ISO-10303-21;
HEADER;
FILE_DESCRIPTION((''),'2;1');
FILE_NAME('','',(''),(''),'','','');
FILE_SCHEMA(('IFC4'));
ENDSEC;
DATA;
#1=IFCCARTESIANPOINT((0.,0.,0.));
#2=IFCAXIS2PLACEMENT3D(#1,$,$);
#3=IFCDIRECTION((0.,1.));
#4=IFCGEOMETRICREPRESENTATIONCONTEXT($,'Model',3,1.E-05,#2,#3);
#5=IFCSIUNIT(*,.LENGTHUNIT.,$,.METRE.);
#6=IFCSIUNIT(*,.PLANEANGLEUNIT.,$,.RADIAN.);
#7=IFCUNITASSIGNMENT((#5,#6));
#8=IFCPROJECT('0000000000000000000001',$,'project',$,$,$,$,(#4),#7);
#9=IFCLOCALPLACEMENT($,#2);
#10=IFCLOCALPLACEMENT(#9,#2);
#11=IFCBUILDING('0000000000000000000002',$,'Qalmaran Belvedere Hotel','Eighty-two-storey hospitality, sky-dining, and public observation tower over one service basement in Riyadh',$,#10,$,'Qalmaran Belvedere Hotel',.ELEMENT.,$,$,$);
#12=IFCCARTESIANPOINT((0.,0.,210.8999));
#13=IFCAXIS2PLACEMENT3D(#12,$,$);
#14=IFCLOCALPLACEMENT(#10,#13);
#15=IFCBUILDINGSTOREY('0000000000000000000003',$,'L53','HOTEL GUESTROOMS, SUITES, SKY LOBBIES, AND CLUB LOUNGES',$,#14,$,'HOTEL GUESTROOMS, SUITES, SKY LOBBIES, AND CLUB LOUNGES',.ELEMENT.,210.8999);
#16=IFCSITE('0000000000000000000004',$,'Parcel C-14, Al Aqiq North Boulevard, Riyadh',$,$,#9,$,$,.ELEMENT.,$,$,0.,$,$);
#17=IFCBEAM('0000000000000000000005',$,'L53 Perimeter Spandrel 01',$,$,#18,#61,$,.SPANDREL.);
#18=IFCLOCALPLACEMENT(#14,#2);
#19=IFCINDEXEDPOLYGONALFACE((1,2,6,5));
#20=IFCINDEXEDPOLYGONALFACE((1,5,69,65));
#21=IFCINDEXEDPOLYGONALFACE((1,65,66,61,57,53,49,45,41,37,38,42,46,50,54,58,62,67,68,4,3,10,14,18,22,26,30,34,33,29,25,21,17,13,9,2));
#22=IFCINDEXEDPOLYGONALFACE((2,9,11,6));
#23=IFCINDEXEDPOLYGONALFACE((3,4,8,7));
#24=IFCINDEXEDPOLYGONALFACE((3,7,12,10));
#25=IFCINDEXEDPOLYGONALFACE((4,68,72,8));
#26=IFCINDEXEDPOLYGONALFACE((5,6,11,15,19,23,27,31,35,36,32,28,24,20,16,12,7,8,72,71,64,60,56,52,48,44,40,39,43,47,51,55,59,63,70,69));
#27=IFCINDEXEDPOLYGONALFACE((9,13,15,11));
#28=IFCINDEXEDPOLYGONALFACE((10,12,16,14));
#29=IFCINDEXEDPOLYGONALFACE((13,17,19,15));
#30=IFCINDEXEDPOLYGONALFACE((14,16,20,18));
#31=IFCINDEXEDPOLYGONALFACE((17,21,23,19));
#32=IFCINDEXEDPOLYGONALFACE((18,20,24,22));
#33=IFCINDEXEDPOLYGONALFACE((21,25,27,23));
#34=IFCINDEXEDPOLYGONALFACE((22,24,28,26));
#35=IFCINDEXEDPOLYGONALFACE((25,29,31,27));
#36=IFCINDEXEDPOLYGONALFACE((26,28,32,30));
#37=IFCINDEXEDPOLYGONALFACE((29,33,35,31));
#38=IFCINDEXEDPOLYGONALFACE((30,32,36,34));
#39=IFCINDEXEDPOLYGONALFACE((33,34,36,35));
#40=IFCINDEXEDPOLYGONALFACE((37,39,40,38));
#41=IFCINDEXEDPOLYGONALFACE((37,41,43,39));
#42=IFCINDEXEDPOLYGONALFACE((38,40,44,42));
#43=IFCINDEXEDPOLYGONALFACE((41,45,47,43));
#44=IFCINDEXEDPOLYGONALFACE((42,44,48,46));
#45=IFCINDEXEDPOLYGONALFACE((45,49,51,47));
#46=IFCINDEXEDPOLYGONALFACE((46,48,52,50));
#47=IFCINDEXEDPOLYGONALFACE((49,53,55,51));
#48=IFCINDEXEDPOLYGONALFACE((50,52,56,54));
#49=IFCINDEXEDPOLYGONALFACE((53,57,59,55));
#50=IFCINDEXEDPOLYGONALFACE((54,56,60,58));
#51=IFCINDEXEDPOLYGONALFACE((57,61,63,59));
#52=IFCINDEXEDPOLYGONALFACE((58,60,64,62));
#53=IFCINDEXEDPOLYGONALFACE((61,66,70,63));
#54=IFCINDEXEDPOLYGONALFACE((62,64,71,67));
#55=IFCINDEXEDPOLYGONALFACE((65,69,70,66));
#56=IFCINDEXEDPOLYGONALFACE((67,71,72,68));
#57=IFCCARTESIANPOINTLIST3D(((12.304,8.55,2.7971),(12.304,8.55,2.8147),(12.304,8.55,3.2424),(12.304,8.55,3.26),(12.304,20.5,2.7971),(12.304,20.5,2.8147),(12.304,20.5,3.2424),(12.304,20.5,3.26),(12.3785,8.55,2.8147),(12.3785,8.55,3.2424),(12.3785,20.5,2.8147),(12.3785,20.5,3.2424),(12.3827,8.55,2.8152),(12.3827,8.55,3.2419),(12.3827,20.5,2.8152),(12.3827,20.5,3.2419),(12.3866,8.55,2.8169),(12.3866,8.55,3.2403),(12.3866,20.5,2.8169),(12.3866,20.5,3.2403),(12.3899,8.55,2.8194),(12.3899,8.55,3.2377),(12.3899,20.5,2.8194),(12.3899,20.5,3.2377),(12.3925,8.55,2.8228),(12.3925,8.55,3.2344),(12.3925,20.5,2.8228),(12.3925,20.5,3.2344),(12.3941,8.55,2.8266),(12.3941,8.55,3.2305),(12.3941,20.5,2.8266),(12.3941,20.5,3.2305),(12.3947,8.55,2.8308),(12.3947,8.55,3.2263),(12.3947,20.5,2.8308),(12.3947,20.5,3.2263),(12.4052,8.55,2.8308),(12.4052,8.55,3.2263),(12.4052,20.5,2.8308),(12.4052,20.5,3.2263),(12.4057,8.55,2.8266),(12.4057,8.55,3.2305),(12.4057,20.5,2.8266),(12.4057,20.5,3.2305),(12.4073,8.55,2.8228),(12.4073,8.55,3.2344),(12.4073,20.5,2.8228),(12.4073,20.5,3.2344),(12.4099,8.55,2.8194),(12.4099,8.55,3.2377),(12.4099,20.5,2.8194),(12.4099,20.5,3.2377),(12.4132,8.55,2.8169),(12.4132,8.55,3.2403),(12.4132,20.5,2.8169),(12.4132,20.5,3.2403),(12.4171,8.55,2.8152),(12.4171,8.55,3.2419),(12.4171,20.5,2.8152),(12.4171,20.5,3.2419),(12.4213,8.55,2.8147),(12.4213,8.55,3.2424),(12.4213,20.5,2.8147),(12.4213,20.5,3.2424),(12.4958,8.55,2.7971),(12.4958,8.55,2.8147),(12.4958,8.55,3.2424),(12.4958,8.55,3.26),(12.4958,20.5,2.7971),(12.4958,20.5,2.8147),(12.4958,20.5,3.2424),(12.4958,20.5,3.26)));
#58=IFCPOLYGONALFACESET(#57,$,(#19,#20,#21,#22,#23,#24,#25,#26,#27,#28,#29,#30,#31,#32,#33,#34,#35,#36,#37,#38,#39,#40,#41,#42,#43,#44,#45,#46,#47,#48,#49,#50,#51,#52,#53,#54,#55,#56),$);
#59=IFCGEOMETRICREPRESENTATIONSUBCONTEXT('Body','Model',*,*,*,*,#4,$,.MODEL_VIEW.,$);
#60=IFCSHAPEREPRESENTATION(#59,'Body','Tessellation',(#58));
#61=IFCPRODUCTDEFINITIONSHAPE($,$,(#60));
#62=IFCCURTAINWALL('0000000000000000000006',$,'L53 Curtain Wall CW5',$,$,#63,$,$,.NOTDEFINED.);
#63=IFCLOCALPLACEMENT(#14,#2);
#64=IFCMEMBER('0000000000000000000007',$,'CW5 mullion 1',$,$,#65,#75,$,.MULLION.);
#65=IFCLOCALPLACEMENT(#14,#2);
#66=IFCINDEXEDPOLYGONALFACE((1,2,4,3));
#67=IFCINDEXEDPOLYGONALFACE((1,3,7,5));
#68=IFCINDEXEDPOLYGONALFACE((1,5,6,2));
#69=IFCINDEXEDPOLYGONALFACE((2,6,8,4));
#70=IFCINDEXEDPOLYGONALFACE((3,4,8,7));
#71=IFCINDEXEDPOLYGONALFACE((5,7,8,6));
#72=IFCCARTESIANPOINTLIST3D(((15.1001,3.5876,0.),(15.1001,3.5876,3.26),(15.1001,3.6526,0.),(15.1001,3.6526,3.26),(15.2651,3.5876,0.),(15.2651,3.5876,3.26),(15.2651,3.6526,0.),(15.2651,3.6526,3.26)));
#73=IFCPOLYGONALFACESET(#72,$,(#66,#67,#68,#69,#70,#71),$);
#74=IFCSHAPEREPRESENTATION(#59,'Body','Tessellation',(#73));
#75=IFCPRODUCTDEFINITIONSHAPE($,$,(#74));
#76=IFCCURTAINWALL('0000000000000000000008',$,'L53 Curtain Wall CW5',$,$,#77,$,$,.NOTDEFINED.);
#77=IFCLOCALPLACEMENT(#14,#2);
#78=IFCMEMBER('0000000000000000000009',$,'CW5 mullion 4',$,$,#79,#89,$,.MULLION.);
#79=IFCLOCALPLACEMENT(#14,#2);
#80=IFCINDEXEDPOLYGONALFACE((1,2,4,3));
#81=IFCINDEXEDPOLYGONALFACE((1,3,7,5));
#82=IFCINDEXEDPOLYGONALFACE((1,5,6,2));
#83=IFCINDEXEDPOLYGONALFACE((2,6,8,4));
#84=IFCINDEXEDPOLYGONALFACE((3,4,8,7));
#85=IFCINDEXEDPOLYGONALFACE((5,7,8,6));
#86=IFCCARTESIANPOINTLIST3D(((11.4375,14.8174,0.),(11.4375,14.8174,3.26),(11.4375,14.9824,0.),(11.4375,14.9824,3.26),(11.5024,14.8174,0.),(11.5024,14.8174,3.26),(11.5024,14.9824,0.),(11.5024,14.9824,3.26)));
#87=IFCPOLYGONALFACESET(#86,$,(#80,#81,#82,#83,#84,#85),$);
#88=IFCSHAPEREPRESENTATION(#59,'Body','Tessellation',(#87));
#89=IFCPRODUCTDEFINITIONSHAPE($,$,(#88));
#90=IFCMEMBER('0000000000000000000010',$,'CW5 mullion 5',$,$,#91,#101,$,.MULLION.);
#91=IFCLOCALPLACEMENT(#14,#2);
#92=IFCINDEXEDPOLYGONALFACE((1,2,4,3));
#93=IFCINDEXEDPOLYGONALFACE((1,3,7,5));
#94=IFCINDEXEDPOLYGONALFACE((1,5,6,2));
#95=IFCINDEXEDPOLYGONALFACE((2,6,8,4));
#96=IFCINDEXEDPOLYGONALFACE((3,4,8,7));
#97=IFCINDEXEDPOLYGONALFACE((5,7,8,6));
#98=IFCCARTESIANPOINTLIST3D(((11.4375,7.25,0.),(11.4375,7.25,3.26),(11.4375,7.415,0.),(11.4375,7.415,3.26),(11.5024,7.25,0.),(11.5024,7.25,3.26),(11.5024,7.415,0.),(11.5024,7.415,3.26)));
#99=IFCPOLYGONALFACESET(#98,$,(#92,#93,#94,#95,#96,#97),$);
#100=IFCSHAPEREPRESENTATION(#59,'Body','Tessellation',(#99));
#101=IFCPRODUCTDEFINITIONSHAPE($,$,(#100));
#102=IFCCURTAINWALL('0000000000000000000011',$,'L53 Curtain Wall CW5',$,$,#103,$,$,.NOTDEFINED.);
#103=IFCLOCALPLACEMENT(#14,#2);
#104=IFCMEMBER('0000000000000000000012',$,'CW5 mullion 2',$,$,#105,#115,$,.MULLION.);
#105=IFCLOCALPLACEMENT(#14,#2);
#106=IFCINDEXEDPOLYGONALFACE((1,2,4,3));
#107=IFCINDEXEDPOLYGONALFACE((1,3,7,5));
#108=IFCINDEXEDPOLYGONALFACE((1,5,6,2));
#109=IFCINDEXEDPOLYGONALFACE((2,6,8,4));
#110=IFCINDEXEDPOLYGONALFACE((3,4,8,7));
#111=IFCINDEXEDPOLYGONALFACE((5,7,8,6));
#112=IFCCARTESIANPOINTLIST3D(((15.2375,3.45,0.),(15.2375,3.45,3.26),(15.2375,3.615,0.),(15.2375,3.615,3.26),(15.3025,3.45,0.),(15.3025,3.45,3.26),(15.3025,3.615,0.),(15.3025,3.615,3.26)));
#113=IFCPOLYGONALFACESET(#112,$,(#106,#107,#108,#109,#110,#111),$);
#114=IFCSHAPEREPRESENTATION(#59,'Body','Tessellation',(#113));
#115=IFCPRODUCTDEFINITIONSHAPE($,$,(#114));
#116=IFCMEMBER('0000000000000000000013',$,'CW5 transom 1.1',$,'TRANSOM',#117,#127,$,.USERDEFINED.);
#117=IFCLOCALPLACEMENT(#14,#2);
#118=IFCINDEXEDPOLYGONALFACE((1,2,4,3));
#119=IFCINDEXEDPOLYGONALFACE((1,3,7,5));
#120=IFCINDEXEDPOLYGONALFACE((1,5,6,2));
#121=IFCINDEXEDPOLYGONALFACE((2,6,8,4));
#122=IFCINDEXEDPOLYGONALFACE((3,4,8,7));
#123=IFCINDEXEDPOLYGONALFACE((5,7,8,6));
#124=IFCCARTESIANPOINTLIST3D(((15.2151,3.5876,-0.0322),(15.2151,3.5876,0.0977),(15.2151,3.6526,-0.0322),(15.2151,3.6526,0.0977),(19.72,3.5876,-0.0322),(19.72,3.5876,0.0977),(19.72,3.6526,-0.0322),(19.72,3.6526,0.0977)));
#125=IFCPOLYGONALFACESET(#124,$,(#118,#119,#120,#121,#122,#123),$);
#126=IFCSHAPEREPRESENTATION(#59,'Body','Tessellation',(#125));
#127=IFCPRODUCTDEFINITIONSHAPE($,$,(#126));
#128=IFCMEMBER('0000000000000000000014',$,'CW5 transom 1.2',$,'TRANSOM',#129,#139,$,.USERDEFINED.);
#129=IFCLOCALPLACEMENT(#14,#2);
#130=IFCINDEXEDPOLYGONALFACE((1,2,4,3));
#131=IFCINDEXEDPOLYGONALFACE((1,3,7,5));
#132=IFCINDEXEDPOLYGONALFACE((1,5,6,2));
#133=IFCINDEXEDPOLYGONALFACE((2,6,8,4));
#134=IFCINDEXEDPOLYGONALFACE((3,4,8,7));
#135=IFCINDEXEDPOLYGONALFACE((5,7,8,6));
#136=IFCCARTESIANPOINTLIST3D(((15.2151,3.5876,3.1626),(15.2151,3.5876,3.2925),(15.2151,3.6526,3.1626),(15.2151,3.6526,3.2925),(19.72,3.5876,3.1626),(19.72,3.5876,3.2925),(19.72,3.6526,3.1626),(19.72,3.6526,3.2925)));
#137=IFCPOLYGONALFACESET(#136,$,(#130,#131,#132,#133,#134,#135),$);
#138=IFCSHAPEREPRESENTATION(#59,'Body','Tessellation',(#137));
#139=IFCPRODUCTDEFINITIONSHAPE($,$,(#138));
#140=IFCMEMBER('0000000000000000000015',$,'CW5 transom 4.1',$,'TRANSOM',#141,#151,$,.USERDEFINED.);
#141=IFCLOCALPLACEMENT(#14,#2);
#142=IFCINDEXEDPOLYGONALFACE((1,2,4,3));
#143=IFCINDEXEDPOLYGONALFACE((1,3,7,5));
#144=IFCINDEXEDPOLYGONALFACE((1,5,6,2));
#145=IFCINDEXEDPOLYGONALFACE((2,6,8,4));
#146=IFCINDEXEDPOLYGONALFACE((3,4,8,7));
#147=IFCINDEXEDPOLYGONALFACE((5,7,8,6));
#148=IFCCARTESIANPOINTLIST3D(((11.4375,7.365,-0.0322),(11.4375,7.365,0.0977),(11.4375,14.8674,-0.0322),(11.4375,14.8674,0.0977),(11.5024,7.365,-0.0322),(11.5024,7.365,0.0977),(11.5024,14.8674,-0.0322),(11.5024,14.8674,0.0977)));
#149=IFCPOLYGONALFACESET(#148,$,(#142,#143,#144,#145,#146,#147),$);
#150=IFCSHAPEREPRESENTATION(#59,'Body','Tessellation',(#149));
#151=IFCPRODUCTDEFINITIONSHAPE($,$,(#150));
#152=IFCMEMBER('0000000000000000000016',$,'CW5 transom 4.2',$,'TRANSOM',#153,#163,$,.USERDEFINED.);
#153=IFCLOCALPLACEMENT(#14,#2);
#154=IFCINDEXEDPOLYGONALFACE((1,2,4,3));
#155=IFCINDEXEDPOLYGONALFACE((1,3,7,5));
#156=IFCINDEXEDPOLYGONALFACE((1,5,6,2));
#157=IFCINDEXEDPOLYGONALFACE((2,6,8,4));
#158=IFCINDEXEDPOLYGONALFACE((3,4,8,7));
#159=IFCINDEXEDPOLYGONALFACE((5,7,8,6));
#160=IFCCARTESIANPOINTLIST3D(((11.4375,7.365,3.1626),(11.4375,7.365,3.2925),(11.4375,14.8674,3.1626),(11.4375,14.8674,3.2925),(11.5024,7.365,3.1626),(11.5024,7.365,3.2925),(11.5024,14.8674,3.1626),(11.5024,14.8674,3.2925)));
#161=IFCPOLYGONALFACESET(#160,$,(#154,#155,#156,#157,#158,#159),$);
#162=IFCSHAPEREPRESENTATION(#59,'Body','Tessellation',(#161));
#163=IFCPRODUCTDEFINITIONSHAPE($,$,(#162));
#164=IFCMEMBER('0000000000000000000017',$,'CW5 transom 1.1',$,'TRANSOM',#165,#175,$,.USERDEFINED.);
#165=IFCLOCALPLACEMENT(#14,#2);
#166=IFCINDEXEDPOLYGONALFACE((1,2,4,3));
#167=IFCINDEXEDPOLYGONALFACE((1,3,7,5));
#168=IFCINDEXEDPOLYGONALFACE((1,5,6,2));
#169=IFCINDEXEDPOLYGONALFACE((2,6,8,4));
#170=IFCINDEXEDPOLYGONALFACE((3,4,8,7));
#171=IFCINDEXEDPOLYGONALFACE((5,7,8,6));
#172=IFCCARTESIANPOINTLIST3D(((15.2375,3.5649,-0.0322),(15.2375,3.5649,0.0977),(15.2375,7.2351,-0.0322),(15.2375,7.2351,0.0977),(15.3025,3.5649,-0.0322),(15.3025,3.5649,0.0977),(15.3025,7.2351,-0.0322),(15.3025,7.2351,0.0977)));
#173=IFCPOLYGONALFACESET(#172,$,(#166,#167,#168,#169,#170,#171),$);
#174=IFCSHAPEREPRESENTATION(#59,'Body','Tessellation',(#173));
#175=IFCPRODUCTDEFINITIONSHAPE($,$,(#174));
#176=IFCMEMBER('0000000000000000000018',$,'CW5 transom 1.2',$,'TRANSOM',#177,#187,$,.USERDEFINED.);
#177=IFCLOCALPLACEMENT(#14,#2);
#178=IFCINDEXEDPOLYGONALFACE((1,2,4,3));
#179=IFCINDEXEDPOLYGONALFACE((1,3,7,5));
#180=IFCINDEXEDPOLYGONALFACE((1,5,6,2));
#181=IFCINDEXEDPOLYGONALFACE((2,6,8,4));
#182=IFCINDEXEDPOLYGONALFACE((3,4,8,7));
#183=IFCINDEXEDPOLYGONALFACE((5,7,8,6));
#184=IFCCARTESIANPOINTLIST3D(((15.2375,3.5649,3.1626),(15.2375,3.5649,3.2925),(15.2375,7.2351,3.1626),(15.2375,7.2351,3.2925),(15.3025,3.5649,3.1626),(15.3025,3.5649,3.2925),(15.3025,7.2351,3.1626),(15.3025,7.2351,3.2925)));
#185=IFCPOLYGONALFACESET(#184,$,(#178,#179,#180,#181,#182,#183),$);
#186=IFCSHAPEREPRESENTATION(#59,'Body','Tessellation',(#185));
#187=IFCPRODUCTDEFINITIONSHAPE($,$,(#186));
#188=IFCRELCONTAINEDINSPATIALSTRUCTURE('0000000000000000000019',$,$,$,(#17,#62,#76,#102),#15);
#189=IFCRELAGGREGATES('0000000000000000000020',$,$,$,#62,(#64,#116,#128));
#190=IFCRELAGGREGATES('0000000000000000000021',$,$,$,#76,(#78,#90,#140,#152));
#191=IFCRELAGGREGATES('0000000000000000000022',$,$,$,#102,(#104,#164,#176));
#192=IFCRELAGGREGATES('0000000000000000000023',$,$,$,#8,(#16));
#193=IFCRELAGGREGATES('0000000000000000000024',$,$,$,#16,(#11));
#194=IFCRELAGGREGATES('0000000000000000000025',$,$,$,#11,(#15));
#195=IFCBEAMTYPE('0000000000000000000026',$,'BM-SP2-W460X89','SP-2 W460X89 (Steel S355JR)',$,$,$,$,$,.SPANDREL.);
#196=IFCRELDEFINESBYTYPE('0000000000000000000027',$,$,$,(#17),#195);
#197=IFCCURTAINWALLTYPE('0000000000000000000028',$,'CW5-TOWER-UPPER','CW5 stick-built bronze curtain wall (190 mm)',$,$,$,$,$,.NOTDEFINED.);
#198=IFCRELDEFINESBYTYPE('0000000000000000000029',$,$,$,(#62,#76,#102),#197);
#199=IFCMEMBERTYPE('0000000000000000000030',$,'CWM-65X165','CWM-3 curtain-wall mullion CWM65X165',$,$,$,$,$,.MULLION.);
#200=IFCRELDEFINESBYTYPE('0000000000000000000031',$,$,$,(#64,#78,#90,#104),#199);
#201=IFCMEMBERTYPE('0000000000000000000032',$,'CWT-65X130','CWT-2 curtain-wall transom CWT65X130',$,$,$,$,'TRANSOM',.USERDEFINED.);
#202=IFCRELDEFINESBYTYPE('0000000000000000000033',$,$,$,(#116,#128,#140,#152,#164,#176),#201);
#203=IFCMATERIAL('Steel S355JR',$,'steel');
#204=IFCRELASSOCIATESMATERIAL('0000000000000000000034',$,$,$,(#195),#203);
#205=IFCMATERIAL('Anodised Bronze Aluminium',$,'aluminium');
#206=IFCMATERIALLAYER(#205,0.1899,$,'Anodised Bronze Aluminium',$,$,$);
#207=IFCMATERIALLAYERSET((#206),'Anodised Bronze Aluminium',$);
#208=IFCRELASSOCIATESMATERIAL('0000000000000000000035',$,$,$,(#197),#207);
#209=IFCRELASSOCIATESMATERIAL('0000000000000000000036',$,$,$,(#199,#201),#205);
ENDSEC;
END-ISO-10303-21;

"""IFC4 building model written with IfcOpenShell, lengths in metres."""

from ifc_helpers import new_model, si_unit, direction, frame, origin, origin_2d, place, context, subcontext, project, spatial, rectangle, i_section, extrude, material, layer, layer_set, material_profile, profile_set, type_object, element, aggregate, save


model = new_model("IFC4")

# Units and contexts
model_context = context("Model", 3, precision=1e-05, world=origin(), true_north=direction((0.0, 1.0)))
body_context = subcontext(model_context, "Body", "Model", "MODEL_VIEW")
ifc_project = project(units=[si_unit("LENGTHUNIT", "METRE"), si_unit("PLANEANGLEUNIT", "RADIAN")], contexts=[model_context])

# Site, building, storey
site_placement = place(None, origin())
site = spatial("IfcSite", under=ifc_project, at=site_placement, Name="Parcel C-14, Al Aqiq North Boulevard, Riyadh", CompositionType="ELEMENT", RefElevation=0.0)
building_placement = place(site_placement, origin())
building = spatial("IfcBuilding", under=site, at=building_placement, Name="Qalmaran Belvedere Hotel", Description="Eighty-two-storey hospitality, sky-dining, and public observation tower over one service basement in Riyadh", LongName="Qalmaran Belvedere Hotel", CompositionType="ELEMENT")
storey_placement = place(building_placement, frame((0.0, 0.0, 210.8999)))
storey = spatial("IfcBuildingStorey", under=building, at=storey_placement, Name="L53", Description="HOTEL GUESTROOMS, SUITES, SKY LOBBIES, AND CLUB LOUNGES", LongName="HOTEL GUESTROOMS, SUITES, SKY LOBBIES, AND CLUB LOUNGES", CompositionType="ELEMENT", Elevation=210.8999)

# Beam
ifc_material_1 = material(Name="Steel S355JR", Category="steel")
ifc_material_profile_1 = material_profile(ifc_material_1, i_section(OverallWidth=0.1919, OverallDepth=0.4629, WebThickness=0.0105, FlangeThickness=0.0176, FilletRadius=0.0161, at=origin_2d()), Name="W460X89")
ifc_profile_set_1 = profile_set([ifc_material_profile_1], Name="Steel S355JR")
beam_type_1 = type_object("IfcBeamType", Name="BM-SP2-W460X89", Description="SP-2 W460X89 (Steel S355JR)", PredefinedType="SPANDREL", material=ifc_profile_set_1)
beam_1_placement = place(storey_placement, frame((12.3999, 8.55, 3.0286), z_axis=(0.0, 1.0, 0.0), x_axis=(-1.0, 0.0, 0.0)))
element("IfcBeam", 1, at=beam_1_placement, inside=storey, type_object=beam_type_1, Name="L53 Perimeter Spandrel 01", PredefinedType="SPANDREL", context=body_context, shape_type="SweptSolid", body=[
    extrude(i_section(OverallWidth=0.1919, OverallDepth=0.4629, WebThickness=0.0105, FlangeThickness=0.0176, FilletRadius=0.0161, at=origin_2d()), origin(), (0.0, 0.0, 1.0), 11.95),
])

# Curtain wall, member
ifc_material_2 = material(Name="Anodised Bronze Aluminium", Category="aluminium")
ifc_layer_1 = layer(ifc_material_2, 0.1899, Name="Anodised Bronze Aluminium")
ifc_layer_set_1 = layer_set([ifc_layer_1], Name="Anodised Bronze Aluminium")
curtain_wall_type = type_object("IfcCurtainWallType", Name="CW5-TOWER-UPPER", Description="CW5 stick-built bronze curtain wall (190 mm)", PredefinedType="NOTDEFINED", material=ifc_layer_set_1)
curtain_wall_1_placement = place(storey_placement, origin())
curtain_wall_1 = element("IfcCurtainWall", 2, at=curtain_wall_1_placement, inside=storey, type_object=curtain_wall_type, Name="L53 Curtain Wall CW5", PredefinedType="NOTDEFINED")
ifc_material_profile_2 = material_profile(ifc_material_2, rectangle(XDim=0.0649, YDim=0.165, at=origin_2d()), Name="CWM65X165")
ifc_profile_set_2 = profile_set([ifc_material_profile_2], Name="Anodised Bronze Aluminium")
member_type_1 = type_object("IfcMemberType", Name="CWM-65X165", Description="CWM-3 curtain-wall mullion CWM65X165", PredefinedType="MULLION", material=ifc_profile_set_2)
member_1_placement = place(storey_placement, frame((15.1826, 3.6201, 0.0), z_axis=(0.0, 0.0, 1.0), x_axis=(0.0, 1.0, 0.0)))
member_1 = element("IfcMember", 3, at=member_1_placement, type_object=member_type_1, Name="CW5 mullion 1", PredefinedType="MULLION", context=body_context, shape_type="SweptSolid", body=[
    extrude(rectangle(XDim=0.0649, YDim=0.165, at=origin_2d()), origin(), (0.0, 0.0, 1.0), 3.26),
])

# Curtain wall, members
curtain_wall_2_placement = place(storey_placement, origin())
curtain_wall_2 = element("IfcCurtainWall", 4, at=curtain_wall_2_placement, inside=storey, type_object=curtain_wall_type, Name="L53 Curtain Wall CW5", PredefinedType="NOTDEFINED")
member_2_placement = place(storey_placement, frame((11.47, 14.8999, 0.0), z_axis=(0.0, 0.0, 1.0), x_axis=(1.0, 0.0, 0.0)))
member_2 = element("IfcMember", 5, at=member_2_placement, type_object=member_type_1, Name="CW5 mullion 4", PredefinedType="MULLION", context=body_context, shape_type="SweptSolid", body=[
    extrude(rectangle(XDim=0.0649, YDim=0.165, at=origin_2d()), origin(), (0.0, 0.0, 1.0), 3.26),
])
member_3_placement = place(storey_placement, frame((11.47, 7.3325, 0.0), z_axis=(0.0, 0.0, 1.0), x_axis=(1.0, 0.0, 0.0)))
member_3 = element("IfcMember", 6, at=member_3_placement, type_object=member_type_1, Name="CW5 mullion 5", PredefinedType="MULLION", context=body_context, shape_type="SweptSolid", body=[
    extrude(rectangle(XDim=0.0649, YDim=0.165, at=origin_2d()), origin(), (0.0, 0.0, 1.0), 3.26),
])

# Curtain wall, member
curtain_wall_3_placement = place(storey_placement, origin())
curtain_wall_3 = element("IfcCurtainWall", 7, at=curtain_wall_3_placement, inside=storey, type_object=curtain_wall_type, Name="L53 Curtain Wall CW5", PredefinedType="NOTDEFINED")
member_4_placement = place(storey_placement, frame((15.27, 3.5325, 0.0), z_axis=(0.0, 0.0, 1.0), x_axis=(1.0, 0.0, 0.0)))
member_4 = element("IfcMember", 8, at=member_4_placement, type_object=member_type_1, Name="CW5 mullion 2", PredefinedType="MULLION", context=body_context, shape_type="SweptSolid", body=[
    extrude(rectangle(XDim=0.0649, YDim=0.165, at=origin_2d()), origin(), (0.0, 0.0, 1.0), 3.26),
])

# Members
ifc_material_profile_3 = material_profile(ifc_material_2, rectangle(XDim=0.0649, YDim=0.1299, at=origin_2d()), Name="CWT65X130")
ifc_profile_set_3 = profile_set([ifc_material_profile_3], Name="Anodised Bronze Aluminium")
member_type_2 = type_object("IfcMemberType", Name="CWT-65X130", Description="CWT-2 curtain-wall transom CWT65X130", ElementType="TRANSOM", PredefinedType="USERDEFINED", material=ifc_profile_set_3)
member_5_placement = place(storey_placement, frame((15.2151, 3.6201, 0.0327), z_axis=(1.0, 0.0, 0.0), x_axis=(0.0, 1.0, 0.0)))
member_5 = element("IfcMember", 9, at=member_5_placement, type_object=member_type_2, Name="CW5 transom 1.1", ObjectType="TRANSOM", PredefinedType="USERDEFINED", context=body_context, shape_type="SweptSolid", body=[
    extrude(rectangle(XDim=0.0649, YDim=0.1299, at=origin_2d()), origin(), (0.0, 0.0, 1.0), 4.5049),
])
member_6_placement = place(storey_placement, frame((15.2151, 3.6201, 3.2275), z_axis=(1.0, 0.0, 0.0), x_axis=(0.0, 1.0, 0.0)))
member_6 = element("IfcMember", 10, at=member_6_placement, type_object=member_type_2, Name="CW5 transom 1.2", ObjectType="TRANSOM", PredefinedType="USERDEFINED", context=body_context, shape_type="SweptSolid", body=[
    extrude(rectangle(XDim=0.0649, YDim=0.1299, at=origin_2d()), origin(), (0.0, 0.0, 1.0), 4.5049),
])
aggregate(curtain_wall_1, [member_1, member_5, member_6])
member_7_placement = place(storey_placement, frame((11.47, 14.8674, 0.0327), z_axis=(0.0, -1.0, 0.0), x_axis=(1.0, 0.0, 0.0)))
member_7 = element("IfcMember", 11, at=member_7_placement, type_object=member_type_2, Name="CW5 transom 4.1", ObjectType="TRANSOM", PredefinedType="USERDEFINED", context=body_context, shape_type="SweptSolid", body=[
    extrude(rectangle(XDim=0.0649, YDim=0.1299, at=origin_2d()), origin(), (0.0, 0.0, 1.0), 7.5024),
])
member_8_placement = place(storey_placement, frame((11.47, 14.8674, 3.2275), z_axis=(0.0, -1.0, 0.0), x_axis=(1.0, 0.0, 0.0)))
member_8 = element("IfcMember", 12, at=member_8_placement, type_object=member_type_2, Name="CW5 transom 4.2", ObjectType="TRANSOM", PredefinedType="USERDEFINED", context=body_context, shape_type="SweptSolid", body=[
    extrude(rectangle(XDim=0.0649, YDim=0.1299, at=origin_2d()), origin(), (0.0, 0.0, 1.0), 7.5024),
])
member_9_placement = place(storey_placement, frame((15.27, 7.2351, 0.0327), z_axis=(0.0, -1.0, 0.0), x_axis=(1.0, 0.0, 0.0)))
member_9 = element("IfcMember", 13, at=member_9_placement, type_object=member_type_2, Name="CW5 transom 1.1", ObjectType="TRANSOM", PredefinedType="USERDEFINED", context=body_context, shape_type="SweptSolid", body=[
    extrude(rectangle(XDim=0.0649, YDim=0.1299, at=origin_2d()), origin(), (0.0, 0.0, 1.0), 3.6702),
])
member_10_placement = place(storey_placement, frame((15.27, 7.2351, 3.2275), z_axis=(0.0, -1.0, 0.0), x_axis=(1.0, 0.0, 0.0)))
member_10 = element("IfcMember", 14, at=member_10_placement, type_object=member_type_2, Name="CW5 transom 1.2", ObjectType="TRANSOM", PredefinedType="USERDEFINED", context=body_context, shape_type="SweptSolid", body=[
    extrude(rectangle(XDim=0.0649, YDim=0.1299, at=origin_2d()), origin(), (0.0, 0.0, 1.0), 3.6702),
])

aggregate(curtain_wall_2, [member_2, member_3, member_7, member_8])
aggregate(curtain_wall_3, [member_4, member_9, member_10])

save(model, "model.ifc")
